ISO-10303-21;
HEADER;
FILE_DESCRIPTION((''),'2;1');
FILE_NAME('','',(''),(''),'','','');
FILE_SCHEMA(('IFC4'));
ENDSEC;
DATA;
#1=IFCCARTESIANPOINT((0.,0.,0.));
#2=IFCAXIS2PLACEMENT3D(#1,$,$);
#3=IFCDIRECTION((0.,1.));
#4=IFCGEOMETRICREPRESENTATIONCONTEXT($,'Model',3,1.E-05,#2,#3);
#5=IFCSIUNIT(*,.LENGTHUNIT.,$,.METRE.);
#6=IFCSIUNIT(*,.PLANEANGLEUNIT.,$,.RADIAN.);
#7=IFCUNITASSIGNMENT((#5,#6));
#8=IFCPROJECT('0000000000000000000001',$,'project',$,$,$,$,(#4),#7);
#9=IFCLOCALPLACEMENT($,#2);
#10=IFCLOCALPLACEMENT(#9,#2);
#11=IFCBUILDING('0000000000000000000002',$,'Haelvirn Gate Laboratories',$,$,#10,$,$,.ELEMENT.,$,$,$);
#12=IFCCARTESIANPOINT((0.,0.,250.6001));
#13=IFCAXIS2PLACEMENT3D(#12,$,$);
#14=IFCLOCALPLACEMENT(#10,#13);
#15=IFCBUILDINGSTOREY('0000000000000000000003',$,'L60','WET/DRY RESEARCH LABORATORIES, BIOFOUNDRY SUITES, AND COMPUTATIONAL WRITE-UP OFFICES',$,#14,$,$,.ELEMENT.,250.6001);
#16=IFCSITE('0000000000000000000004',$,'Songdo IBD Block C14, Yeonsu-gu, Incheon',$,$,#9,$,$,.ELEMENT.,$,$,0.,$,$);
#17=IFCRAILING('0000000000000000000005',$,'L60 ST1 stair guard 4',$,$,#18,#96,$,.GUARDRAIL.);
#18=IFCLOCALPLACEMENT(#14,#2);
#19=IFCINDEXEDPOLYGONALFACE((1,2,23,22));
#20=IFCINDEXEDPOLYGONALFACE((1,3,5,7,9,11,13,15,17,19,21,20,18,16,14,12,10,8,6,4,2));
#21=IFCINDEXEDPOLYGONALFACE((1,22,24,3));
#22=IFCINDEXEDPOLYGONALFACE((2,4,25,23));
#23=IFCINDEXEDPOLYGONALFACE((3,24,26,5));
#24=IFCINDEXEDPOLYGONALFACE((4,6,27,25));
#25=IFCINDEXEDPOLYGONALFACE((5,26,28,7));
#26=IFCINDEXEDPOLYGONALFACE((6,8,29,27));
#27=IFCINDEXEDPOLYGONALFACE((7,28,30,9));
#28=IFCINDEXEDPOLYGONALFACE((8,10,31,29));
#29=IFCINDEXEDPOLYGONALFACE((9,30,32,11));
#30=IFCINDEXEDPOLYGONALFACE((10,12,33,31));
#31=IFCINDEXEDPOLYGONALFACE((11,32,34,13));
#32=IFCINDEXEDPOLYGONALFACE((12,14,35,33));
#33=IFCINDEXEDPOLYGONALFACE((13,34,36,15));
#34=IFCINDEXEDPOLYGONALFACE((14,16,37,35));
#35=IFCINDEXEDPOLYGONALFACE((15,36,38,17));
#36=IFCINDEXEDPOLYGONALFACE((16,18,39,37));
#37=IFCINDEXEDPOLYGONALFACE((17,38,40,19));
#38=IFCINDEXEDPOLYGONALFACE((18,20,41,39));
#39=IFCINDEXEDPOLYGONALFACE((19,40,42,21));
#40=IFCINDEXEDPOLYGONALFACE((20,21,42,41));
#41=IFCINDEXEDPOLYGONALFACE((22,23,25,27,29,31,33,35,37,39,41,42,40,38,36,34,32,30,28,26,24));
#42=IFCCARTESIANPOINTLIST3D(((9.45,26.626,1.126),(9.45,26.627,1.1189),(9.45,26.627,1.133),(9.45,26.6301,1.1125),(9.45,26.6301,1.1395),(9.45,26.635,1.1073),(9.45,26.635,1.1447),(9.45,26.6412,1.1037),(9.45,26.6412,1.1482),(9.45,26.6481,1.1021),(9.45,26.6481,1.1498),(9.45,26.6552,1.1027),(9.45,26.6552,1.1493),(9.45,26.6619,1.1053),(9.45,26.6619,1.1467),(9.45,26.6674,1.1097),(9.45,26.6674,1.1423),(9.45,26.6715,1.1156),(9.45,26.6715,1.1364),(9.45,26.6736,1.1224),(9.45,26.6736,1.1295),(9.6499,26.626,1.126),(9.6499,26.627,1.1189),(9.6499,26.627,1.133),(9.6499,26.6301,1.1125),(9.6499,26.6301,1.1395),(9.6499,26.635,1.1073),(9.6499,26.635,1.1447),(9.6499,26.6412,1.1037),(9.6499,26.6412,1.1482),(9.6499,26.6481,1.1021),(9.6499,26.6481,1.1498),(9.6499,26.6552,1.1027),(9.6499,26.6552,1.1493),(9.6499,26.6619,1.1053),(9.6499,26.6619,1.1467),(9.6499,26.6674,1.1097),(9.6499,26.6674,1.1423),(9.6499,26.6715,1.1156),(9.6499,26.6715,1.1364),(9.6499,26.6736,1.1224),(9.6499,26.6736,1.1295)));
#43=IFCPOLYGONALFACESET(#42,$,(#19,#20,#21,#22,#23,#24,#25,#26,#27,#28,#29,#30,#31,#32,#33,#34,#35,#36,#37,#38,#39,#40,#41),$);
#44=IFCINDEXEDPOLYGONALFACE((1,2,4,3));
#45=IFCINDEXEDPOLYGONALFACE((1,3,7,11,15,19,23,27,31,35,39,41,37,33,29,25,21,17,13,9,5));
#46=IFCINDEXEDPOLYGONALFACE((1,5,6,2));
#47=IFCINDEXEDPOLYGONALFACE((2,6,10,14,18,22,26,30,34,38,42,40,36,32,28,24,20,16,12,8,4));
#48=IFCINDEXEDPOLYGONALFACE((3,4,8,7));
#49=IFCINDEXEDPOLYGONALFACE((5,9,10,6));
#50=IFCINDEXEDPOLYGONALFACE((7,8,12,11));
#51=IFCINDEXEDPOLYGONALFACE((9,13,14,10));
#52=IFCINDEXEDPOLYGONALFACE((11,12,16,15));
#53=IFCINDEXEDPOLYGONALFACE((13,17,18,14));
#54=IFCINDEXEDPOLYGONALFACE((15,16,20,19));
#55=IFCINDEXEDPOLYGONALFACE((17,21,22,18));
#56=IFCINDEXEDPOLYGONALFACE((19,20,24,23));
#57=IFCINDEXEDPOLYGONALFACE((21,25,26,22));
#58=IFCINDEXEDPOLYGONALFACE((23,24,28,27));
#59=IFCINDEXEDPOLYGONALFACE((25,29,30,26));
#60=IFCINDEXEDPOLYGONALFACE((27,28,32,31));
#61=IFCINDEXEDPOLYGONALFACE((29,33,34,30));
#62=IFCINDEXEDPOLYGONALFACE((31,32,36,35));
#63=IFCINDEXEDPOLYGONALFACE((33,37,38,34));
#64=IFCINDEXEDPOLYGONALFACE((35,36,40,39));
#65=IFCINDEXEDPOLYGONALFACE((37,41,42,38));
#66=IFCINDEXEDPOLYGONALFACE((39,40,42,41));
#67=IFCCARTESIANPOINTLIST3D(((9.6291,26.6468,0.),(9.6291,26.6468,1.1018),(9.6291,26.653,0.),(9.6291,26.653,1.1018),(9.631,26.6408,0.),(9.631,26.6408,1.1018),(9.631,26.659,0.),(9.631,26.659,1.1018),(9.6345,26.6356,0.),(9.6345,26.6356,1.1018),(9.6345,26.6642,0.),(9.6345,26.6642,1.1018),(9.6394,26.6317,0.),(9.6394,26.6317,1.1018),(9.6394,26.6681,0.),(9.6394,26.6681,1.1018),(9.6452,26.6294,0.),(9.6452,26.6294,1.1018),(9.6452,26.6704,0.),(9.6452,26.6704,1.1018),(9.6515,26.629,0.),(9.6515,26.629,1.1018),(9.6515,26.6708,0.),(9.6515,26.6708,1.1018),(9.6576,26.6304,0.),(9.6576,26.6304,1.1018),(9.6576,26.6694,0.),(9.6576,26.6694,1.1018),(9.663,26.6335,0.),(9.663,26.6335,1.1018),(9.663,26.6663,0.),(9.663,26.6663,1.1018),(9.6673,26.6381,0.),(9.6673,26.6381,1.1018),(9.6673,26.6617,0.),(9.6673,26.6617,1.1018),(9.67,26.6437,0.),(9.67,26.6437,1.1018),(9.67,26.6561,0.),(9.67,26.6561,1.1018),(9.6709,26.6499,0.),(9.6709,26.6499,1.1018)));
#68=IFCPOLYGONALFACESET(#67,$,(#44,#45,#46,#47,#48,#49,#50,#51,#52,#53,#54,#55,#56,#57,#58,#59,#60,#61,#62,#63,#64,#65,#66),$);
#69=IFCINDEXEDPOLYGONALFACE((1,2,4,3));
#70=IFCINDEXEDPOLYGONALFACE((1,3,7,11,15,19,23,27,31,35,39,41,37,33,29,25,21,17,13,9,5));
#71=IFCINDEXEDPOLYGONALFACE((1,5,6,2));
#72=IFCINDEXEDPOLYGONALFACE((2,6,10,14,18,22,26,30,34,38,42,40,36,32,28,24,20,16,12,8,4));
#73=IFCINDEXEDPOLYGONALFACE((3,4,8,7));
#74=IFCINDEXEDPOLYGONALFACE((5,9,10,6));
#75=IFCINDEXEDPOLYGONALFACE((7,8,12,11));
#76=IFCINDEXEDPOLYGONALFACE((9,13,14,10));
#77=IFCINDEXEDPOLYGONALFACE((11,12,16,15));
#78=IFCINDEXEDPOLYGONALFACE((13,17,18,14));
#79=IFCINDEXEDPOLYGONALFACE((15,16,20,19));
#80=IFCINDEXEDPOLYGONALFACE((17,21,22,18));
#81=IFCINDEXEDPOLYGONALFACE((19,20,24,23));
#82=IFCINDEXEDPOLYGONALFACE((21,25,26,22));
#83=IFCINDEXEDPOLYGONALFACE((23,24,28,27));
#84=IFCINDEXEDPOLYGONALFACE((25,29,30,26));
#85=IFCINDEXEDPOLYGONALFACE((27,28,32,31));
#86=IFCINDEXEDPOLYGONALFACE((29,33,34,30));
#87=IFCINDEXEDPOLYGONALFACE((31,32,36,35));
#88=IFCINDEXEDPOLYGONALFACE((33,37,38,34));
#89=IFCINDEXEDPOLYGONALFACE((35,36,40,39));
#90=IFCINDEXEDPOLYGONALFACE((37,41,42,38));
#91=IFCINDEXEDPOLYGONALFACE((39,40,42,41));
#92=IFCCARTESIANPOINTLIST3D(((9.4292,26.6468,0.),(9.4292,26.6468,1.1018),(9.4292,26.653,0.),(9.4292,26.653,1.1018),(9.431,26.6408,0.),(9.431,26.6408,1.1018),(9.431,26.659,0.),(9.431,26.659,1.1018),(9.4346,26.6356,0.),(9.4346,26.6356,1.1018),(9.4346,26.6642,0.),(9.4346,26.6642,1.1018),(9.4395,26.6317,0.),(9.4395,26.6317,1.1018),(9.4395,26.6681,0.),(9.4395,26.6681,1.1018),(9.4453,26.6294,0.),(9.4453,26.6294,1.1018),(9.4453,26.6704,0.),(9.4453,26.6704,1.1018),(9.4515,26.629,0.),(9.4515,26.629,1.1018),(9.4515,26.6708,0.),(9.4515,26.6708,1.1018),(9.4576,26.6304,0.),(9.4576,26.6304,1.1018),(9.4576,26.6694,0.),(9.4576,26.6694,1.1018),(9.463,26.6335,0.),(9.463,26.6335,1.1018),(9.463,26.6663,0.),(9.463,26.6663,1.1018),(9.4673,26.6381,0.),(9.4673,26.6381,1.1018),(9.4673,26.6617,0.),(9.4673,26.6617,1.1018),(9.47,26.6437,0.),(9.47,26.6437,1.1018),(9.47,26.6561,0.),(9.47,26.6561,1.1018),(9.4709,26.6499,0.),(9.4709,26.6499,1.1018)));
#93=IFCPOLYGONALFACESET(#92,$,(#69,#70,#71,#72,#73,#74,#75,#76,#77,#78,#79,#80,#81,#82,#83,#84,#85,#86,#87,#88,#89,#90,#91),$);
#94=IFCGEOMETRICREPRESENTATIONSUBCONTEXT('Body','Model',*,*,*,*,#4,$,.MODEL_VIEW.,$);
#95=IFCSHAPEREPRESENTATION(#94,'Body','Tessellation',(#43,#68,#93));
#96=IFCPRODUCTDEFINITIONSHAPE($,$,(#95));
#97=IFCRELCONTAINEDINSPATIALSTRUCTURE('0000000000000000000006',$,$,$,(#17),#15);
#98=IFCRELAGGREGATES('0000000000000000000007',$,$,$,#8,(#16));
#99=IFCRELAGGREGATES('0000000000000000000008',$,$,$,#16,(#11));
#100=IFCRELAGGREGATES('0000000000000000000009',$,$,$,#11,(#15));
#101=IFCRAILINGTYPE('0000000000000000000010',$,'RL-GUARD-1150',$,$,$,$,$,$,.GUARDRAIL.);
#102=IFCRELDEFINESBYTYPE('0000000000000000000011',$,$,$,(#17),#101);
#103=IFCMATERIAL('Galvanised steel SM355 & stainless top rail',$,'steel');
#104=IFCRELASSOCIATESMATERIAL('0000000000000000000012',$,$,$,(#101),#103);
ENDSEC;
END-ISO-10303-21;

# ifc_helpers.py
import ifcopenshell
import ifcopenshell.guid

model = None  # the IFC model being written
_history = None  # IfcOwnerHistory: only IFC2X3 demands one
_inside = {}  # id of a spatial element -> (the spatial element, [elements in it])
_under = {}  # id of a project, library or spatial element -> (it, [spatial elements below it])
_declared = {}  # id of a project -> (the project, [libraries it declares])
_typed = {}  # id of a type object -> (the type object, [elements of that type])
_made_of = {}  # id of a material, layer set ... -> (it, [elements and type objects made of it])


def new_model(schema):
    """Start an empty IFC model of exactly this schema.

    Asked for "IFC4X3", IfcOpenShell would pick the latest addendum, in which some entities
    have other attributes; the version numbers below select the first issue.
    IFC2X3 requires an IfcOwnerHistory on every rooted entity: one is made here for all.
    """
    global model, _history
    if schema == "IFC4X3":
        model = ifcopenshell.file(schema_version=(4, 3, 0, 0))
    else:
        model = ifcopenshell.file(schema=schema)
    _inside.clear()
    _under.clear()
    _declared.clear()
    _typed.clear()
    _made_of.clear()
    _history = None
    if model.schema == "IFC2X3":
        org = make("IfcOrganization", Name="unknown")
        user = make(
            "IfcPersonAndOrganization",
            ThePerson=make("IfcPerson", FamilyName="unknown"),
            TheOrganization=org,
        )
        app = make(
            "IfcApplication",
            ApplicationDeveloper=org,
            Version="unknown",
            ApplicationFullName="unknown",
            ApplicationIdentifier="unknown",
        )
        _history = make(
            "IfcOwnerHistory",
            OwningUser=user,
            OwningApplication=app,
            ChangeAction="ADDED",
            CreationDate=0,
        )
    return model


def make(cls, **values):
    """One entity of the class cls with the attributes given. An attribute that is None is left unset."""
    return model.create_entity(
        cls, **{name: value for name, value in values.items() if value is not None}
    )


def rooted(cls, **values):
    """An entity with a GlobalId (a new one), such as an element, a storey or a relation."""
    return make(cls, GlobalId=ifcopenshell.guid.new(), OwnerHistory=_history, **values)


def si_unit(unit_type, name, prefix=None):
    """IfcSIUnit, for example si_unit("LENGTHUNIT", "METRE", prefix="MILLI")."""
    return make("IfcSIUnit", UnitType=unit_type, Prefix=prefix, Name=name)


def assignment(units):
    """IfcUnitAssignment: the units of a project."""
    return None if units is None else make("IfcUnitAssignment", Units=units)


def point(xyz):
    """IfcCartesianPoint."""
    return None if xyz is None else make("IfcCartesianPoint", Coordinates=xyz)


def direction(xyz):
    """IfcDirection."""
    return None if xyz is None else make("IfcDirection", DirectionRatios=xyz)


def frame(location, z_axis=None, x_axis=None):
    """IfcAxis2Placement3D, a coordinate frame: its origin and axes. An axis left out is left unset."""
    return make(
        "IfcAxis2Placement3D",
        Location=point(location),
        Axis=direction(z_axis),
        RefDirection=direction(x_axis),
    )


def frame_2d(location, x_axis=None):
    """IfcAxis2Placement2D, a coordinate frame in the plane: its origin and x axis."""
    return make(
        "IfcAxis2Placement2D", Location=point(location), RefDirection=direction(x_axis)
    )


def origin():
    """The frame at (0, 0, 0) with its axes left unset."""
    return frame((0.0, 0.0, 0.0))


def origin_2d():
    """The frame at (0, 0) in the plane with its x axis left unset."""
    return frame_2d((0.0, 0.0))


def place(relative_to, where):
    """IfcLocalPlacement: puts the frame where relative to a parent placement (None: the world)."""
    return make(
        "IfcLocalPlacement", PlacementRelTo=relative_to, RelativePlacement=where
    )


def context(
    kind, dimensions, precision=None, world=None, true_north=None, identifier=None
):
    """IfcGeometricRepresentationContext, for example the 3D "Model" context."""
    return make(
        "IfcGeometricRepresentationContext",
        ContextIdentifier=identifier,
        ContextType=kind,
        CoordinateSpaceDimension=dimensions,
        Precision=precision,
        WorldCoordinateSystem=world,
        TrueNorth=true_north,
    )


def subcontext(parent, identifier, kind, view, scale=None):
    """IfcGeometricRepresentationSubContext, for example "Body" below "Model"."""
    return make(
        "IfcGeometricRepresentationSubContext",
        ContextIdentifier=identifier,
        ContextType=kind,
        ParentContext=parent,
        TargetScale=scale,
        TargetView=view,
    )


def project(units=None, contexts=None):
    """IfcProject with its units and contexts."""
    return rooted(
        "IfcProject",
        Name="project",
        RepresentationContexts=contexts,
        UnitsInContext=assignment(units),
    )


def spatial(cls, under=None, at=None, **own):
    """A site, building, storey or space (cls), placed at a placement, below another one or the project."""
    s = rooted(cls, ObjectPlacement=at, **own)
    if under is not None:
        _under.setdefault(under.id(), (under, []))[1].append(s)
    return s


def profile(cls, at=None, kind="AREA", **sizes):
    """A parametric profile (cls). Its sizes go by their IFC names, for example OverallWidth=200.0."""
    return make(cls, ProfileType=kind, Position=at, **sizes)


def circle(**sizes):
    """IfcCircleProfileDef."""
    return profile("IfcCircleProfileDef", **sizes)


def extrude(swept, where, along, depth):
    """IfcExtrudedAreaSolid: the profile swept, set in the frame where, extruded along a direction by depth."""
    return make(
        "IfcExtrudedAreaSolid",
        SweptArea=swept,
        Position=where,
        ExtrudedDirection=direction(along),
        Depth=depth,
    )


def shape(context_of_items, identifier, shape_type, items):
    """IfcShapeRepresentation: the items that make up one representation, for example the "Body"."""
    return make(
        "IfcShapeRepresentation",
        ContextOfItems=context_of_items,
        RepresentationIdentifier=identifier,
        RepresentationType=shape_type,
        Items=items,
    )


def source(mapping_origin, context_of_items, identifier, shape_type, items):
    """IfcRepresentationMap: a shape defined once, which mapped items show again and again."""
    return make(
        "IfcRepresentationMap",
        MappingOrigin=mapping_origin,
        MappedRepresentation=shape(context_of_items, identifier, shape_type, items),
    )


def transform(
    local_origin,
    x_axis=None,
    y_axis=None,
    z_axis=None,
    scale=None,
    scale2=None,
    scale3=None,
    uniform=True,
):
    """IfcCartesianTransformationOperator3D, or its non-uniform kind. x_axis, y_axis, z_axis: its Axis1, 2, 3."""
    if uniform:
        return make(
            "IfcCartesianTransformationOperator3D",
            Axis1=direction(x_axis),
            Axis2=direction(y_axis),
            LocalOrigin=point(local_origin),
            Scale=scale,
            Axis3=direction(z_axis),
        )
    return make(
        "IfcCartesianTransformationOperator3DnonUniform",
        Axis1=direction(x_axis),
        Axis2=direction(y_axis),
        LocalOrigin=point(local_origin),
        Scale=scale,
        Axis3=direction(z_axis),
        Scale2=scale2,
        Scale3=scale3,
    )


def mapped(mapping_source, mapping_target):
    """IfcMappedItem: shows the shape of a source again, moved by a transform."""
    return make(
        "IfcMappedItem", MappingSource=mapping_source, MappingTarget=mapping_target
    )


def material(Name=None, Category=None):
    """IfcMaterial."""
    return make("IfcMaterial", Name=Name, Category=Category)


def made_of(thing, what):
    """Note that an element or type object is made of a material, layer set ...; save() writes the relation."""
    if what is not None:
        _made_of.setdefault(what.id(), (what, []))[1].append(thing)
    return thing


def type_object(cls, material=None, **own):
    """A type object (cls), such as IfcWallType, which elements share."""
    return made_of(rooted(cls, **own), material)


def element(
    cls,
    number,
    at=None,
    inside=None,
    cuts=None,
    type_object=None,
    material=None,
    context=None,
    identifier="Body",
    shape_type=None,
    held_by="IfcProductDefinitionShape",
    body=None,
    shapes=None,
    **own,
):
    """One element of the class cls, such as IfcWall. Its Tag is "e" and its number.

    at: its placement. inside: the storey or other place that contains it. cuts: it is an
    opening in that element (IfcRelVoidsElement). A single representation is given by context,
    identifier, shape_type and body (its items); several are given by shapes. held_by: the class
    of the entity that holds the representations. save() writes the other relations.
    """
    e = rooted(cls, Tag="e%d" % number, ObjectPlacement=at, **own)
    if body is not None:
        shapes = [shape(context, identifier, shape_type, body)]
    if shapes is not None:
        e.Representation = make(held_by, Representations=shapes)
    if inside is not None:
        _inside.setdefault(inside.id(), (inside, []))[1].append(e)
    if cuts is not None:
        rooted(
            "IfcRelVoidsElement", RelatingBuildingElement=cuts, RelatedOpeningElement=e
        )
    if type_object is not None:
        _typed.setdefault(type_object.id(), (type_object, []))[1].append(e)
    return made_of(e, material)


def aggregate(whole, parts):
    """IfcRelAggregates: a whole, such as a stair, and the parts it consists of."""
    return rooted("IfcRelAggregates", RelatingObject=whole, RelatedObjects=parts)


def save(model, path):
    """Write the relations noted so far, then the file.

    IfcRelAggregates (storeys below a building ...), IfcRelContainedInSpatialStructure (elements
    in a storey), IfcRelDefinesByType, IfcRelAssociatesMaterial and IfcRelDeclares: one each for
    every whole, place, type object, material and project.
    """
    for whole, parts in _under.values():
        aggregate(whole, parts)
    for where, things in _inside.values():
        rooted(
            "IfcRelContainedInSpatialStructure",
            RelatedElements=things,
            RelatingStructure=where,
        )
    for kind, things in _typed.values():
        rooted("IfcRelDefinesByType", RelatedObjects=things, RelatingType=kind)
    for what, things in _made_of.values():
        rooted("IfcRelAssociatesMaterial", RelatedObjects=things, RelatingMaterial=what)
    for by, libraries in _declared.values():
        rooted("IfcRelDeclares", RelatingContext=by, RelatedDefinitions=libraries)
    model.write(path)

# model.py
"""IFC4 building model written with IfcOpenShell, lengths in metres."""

from ifc_helpers import new_model, si_unit, direction, frame, origin, origin_2d, place, context, subcontext, project, spatial, circle, extrude, source, transform, mapped, material, type_object, element, save


model = new_model("IFC4")

# Units and contexts
model_context = context("Model", 3, precision=1e-05, world=origin(), true_north=direction((0.0, 1.0)))
body_context = subcontext(model_context, "Body", "Model", "MODEL_VIEW")
ifc_project = project(units=[si_unit("LENGTHUNIT", "METRE"), si_unit("PLANEANGLEUNIT", "RADIAN")], contexts=[model_context])

# Site, building, storey
site_placement = place(None, origin())
site = spatial("IfcSite", under=ifc_project, at=site_placement, Name="Songdo IBD Block C14, Yeonsu-gu, Incheon", CompositionType="ELEMENT", RefElevation=0.0)
building_placement = place(site_placement, origin())
building = spatial("IfcBuilding", under=site, at=building_placement, Name="Haelvirn Gate Laboratories", CompositionType="ELEMENT")
storey_placement = place(building_placement, frame((0.0, 0.0, 250.6001)))
storey = spatial("IfcBuildingStorey", under=building, at=storey_placement, Name="L60", Description="WET/DRY RESEARCH LABORATORIES, BIOFOUNDRY SUITES, AND COMPUTATIONAL WRITE-UP OFFICES", CompositionType="ELEMENT", Elevation=250.6001)

# Railing
ifc_material_1 = material(Name="Galvanised steel SM355 & stainless top rail", Category="steel")
railing_type_1 = type_object("IfcRailingType", Name="RL-GUARD-1150", PredefinedType="GUARDRAIL", material=ifc_material_1)
shared_shape_1 = source(origin(), body_context, "Body", "SweptSolid", [
    extrude(circle(Radius=0.0239, at=origin_2d()), frame((0.0, 0.0, 1.126), z_axis=(-1.0, 0.0, 0.0), x_axis=(0.0, -1.0, 0.0)), (0.0, 0.0, 1.0), 0.2),
    extrude(circle(Radius=0.021, at=origin_2d()), origin(), (0.0, 0.0, 1.0), 1.1018),
    extrude(circle(Radius=0.021, at=origin_2d()), frame((-0.2, 0.0, 0.0)), (0.0, 0.0, 1.0), 1.1018),
])
for number, where, name in (
    (1, (9.6499, 26.6499, 0.0), "L60 ST1 stair guard 4"),
):
    element("IfcRailing", number, at=place(storey_placement, frame(where)), inside=storey, type_object=railing_type_1, Name=name, PredefinedType="GUARDRAIL", context=body_context, shape_type="MappedRepresentation", body=[
        mapped(shared_shape_1, transform((0.0, 0.0, 0.0), scale=1.0)),
    ])

save(model, "model.ifc")
